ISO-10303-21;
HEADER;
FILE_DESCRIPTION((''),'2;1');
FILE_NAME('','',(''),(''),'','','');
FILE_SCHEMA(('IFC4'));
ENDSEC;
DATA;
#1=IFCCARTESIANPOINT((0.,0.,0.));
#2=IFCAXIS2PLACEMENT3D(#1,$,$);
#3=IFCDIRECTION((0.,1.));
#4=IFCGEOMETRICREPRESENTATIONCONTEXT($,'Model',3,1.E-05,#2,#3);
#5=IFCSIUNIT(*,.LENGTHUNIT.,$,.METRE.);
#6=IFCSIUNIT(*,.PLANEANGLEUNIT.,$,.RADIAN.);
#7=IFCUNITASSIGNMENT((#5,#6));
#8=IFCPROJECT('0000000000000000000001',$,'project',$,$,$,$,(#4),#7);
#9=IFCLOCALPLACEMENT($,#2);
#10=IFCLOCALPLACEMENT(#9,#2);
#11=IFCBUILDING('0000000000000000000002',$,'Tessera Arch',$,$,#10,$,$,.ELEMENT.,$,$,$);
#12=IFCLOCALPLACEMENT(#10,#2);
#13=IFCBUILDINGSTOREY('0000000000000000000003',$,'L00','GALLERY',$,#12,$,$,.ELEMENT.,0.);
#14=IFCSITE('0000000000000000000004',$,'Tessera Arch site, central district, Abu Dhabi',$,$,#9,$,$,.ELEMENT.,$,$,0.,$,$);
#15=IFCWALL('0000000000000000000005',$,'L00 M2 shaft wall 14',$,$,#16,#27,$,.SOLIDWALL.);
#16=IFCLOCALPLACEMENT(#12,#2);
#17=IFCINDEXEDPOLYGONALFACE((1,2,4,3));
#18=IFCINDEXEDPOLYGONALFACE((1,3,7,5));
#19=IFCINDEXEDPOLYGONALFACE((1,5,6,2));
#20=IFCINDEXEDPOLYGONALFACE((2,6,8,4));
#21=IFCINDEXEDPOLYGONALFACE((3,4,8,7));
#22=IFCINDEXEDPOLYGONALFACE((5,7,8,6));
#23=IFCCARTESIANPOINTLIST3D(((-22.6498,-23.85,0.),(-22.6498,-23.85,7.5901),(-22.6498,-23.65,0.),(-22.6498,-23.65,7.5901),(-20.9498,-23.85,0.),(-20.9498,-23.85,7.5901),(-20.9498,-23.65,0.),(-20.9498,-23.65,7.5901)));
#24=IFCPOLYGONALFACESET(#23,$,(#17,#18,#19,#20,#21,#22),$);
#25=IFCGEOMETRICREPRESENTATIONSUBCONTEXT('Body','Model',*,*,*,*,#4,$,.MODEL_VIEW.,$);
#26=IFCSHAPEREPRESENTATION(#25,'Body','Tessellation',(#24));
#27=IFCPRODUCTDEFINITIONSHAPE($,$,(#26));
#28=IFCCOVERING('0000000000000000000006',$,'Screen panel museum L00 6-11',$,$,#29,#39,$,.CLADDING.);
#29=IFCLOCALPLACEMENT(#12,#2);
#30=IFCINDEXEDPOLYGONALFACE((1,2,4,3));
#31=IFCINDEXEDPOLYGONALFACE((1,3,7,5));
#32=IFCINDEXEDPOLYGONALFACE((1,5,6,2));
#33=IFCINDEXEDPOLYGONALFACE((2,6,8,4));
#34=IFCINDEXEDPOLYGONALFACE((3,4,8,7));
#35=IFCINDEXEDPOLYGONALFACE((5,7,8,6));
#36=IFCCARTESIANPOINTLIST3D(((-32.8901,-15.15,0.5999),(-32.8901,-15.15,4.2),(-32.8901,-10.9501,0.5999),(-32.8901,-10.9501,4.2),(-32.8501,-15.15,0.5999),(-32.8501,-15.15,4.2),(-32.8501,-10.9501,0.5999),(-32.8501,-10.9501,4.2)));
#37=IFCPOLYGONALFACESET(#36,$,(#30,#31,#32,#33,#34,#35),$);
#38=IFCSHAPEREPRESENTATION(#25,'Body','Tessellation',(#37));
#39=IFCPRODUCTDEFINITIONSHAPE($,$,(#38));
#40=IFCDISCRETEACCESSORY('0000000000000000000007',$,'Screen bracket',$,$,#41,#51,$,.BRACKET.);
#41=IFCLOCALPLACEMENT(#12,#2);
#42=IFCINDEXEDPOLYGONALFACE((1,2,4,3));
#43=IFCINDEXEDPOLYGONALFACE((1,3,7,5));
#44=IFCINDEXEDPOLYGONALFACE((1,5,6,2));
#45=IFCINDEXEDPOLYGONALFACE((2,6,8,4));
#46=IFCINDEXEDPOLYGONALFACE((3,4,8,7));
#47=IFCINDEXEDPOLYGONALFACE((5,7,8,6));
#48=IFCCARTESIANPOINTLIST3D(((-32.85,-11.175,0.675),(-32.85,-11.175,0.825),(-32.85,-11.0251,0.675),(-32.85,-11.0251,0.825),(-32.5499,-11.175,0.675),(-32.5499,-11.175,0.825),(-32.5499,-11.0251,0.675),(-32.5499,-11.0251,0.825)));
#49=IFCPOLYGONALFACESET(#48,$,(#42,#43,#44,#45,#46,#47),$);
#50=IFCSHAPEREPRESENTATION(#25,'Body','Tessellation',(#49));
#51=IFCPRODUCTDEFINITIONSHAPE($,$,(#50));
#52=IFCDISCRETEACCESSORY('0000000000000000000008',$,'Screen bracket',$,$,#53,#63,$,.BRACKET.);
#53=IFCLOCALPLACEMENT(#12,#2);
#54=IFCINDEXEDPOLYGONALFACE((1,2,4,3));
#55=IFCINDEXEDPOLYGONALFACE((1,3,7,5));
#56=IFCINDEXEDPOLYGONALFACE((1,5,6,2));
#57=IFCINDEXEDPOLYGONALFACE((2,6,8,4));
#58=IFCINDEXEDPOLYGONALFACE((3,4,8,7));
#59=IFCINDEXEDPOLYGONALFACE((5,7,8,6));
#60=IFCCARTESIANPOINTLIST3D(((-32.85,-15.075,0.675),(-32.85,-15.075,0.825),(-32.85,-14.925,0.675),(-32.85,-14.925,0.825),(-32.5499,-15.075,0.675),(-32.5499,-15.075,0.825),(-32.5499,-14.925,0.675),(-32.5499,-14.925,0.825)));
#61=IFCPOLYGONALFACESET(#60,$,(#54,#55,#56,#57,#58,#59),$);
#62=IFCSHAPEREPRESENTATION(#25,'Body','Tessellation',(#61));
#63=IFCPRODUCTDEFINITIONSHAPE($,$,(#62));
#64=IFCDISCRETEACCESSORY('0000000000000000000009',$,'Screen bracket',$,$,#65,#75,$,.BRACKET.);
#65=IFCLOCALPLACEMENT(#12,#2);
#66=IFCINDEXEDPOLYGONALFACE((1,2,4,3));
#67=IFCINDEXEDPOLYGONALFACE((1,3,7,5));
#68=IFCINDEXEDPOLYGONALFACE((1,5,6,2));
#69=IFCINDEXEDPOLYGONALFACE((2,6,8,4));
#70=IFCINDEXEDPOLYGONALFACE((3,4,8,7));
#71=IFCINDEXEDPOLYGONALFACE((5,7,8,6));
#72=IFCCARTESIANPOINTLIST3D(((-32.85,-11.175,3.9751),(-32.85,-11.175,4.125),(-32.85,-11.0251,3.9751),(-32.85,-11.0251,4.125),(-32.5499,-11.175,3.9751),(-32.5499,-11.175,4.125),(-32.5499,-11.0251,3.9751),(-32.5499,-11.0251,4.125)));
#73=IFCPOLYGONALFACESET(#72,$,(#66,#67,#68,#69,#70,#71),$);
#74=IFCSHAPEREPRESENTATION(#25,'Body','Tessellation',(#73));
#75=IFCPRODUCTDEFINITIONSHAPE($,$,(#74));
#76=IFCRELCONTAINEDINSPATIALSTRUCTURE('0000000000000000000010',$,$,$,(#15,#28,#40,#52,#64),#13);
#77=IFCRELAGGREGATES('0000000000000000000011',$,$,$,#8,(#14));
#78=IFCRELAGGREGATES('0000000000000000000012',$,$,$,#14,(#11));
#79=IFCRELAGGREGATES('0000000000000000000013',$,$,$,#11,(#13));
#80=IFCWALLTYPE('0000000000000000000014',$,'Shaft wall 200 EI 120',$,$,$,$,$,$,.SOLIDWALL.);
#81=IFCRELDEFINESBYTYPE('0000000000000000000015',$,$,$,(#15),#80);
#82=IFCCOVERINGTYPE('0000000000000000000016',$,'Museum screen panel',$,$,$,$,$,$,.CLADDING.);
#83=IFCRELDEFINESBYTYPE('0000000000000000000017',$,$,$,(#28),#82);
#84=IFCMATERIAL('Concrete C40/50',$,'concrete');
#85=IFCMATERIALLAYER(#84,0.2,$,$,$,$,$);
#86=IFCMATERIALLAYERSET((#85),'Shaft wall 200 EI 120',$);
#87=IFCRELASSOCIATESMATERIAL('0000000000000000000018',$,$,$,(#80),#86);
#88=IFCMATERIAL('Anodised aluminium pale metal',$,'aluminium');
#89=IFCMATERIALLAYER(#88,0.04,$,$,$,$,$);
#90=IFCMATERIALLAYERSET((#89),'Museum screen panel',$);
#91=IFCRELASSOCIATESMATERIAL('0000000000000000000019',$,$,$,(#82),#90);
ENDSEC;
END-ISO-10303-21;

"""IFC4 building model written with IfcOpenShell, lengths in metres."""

from ifc_helpers import new_model, si_unit, direction, frame, frame_2d, origin, origin_2d, place, context, subcontext, project, spatial, rectangle, extrude, material, layer, layer_set, type_object, element, save


model = new_model("IFC4")

# Units and contexts
model_context = context("Model", 3, precision=1e-05, world=origin(), true_north=direction((0.0, 1.0)))
body_context = subcontext(model_context, "Body", "Model", "MODEL_VIEW")
ifc_project = project(units=[si_unit("LENGTHUNIT", "METRE"), si_unit("PLANEANGLEUNIT", "RADIAN")], contexts=[model_context])

# Site, building, storey
site_placement = place(None, origin())
site = spatial("IfcSite", under=ifc_project, at=site_placement, Name="Tessera Arch site, central district, Abu Dhabi", CompositionType="ELEMENT", RefElevation=0.0)
building_placement = place(site_placement, origin())
building = spatial("IfcBuilding", under=site, at=building_placement, Name="Tessera Arch", CompositionType="ELEMENT")
storey_placement = place(building_placement, origin())
storey = spatial("IfcBuildingStorey", under=building, at=storey_placement, Name="L00", Description="GALLERY", CompositionType="ELEMENT", Elevation=0.0)

# Shared definitions
ifc_material_1 = material(Name="Concrete C40/50", Category="concrete")
ifc_layer_1 = layer(ifc_material_1, 0.2)
ifc_layer_set_1 = layer_set([ifc_layer_1], Name="Shaft wall 200 EI 120")
wall_type_1 = type_object("IfcWallType", Name="Shaft wall 200 EI 120", PredefinedType="SOLIDWALL", material=ifc_layer_set_1)

# Wall
wall_1_placement = place(storey_placement, frame((-22.6499, -23.75, 0.0), z_axis=(0.0, 0.0, 1.0), x_axis=(1.0, 0.0, 0.0)))
element("IfcWall", 1, at=wall_1_placement, inside=storey, type_object=wall_type_1, Name="L00 M2 shaft wall 14", PredefinedType="SOLIDWALL", context=body_context, shape_type="SweptSolid", body=[
    extrude(rectangle(XDim=1.7, YDim=0.2, at=frame_2d((0.8501, 0.0))), origin(), (0.0, 0.0, 1.0), 7.5901),
])

# Covering
ifc_material_2 = material(Name="Anodised aluminium pale metal", Category="aluminium")
ifc_layer_2 = layer(ifc_material_2, 0.04)
ifc_layer_set_2 = layer_set([ifc_layer_2], Name="Museum screen panel")
covering_type = type_object("IfcCoveringType", Name="Museum screen panel", PredefinedType="CLADDING", material=ifc_layer_set_2)
covering_placement = place(storey_placement, frame((-32.8701, -13.05, 0.5999), z_axis=(0.0, 0.0, 1.0), x_axis=(0.0, -1.0, 0.0)))
element("IfcCovering", 2, at=covering_placement, inside=storey, type_object=covering_type, Name="Screen panel museum L00 6-11", PredefinedType="CLADDING", context=body_context, shape_type="SweptSolid", body=[
    extrude(rectangle(XDim=4.2, YDim=0.04, at=origin_2d()), origin(), (0.0, 0.0, 1.0), 3.6001),
])

# Discrete accessories
for number, where, z_axis, x_axis, name in (
    (3, (-32.7, -11.1001, 0.675), (0.0, 0.0, 1.0), (-1.0, 0.0, 0.0), "Screen bracket"),
    (4, (-32.7, -15.0, 0.675), (0.0, 0.0, 1.0), (-1.0, 0.0, 0.0), "Screen bracket"),
    (5, (-32.7, -11.1001, 3.9751), (0.0, 0.0, 1.0), (-1.0, 0.0, 0.0), "Screen bracket"),
):
    element("IfcDiscreteAccessory", number, at=place(storey_placement, frame(where, z_axis=z_axis, x_axis=x_axis)), inside=storey, Name=name, PredefinedType="BRACKET", context=body_context, shape_type="SweptSolid", body=[
        extrude(rectangle(XDim=0.3, YDim=0.1499, at=origin_2d()), origin(), (0.0, 0.0, 1.0), 0.1499),
    ])

save(model, "model.ifc")
